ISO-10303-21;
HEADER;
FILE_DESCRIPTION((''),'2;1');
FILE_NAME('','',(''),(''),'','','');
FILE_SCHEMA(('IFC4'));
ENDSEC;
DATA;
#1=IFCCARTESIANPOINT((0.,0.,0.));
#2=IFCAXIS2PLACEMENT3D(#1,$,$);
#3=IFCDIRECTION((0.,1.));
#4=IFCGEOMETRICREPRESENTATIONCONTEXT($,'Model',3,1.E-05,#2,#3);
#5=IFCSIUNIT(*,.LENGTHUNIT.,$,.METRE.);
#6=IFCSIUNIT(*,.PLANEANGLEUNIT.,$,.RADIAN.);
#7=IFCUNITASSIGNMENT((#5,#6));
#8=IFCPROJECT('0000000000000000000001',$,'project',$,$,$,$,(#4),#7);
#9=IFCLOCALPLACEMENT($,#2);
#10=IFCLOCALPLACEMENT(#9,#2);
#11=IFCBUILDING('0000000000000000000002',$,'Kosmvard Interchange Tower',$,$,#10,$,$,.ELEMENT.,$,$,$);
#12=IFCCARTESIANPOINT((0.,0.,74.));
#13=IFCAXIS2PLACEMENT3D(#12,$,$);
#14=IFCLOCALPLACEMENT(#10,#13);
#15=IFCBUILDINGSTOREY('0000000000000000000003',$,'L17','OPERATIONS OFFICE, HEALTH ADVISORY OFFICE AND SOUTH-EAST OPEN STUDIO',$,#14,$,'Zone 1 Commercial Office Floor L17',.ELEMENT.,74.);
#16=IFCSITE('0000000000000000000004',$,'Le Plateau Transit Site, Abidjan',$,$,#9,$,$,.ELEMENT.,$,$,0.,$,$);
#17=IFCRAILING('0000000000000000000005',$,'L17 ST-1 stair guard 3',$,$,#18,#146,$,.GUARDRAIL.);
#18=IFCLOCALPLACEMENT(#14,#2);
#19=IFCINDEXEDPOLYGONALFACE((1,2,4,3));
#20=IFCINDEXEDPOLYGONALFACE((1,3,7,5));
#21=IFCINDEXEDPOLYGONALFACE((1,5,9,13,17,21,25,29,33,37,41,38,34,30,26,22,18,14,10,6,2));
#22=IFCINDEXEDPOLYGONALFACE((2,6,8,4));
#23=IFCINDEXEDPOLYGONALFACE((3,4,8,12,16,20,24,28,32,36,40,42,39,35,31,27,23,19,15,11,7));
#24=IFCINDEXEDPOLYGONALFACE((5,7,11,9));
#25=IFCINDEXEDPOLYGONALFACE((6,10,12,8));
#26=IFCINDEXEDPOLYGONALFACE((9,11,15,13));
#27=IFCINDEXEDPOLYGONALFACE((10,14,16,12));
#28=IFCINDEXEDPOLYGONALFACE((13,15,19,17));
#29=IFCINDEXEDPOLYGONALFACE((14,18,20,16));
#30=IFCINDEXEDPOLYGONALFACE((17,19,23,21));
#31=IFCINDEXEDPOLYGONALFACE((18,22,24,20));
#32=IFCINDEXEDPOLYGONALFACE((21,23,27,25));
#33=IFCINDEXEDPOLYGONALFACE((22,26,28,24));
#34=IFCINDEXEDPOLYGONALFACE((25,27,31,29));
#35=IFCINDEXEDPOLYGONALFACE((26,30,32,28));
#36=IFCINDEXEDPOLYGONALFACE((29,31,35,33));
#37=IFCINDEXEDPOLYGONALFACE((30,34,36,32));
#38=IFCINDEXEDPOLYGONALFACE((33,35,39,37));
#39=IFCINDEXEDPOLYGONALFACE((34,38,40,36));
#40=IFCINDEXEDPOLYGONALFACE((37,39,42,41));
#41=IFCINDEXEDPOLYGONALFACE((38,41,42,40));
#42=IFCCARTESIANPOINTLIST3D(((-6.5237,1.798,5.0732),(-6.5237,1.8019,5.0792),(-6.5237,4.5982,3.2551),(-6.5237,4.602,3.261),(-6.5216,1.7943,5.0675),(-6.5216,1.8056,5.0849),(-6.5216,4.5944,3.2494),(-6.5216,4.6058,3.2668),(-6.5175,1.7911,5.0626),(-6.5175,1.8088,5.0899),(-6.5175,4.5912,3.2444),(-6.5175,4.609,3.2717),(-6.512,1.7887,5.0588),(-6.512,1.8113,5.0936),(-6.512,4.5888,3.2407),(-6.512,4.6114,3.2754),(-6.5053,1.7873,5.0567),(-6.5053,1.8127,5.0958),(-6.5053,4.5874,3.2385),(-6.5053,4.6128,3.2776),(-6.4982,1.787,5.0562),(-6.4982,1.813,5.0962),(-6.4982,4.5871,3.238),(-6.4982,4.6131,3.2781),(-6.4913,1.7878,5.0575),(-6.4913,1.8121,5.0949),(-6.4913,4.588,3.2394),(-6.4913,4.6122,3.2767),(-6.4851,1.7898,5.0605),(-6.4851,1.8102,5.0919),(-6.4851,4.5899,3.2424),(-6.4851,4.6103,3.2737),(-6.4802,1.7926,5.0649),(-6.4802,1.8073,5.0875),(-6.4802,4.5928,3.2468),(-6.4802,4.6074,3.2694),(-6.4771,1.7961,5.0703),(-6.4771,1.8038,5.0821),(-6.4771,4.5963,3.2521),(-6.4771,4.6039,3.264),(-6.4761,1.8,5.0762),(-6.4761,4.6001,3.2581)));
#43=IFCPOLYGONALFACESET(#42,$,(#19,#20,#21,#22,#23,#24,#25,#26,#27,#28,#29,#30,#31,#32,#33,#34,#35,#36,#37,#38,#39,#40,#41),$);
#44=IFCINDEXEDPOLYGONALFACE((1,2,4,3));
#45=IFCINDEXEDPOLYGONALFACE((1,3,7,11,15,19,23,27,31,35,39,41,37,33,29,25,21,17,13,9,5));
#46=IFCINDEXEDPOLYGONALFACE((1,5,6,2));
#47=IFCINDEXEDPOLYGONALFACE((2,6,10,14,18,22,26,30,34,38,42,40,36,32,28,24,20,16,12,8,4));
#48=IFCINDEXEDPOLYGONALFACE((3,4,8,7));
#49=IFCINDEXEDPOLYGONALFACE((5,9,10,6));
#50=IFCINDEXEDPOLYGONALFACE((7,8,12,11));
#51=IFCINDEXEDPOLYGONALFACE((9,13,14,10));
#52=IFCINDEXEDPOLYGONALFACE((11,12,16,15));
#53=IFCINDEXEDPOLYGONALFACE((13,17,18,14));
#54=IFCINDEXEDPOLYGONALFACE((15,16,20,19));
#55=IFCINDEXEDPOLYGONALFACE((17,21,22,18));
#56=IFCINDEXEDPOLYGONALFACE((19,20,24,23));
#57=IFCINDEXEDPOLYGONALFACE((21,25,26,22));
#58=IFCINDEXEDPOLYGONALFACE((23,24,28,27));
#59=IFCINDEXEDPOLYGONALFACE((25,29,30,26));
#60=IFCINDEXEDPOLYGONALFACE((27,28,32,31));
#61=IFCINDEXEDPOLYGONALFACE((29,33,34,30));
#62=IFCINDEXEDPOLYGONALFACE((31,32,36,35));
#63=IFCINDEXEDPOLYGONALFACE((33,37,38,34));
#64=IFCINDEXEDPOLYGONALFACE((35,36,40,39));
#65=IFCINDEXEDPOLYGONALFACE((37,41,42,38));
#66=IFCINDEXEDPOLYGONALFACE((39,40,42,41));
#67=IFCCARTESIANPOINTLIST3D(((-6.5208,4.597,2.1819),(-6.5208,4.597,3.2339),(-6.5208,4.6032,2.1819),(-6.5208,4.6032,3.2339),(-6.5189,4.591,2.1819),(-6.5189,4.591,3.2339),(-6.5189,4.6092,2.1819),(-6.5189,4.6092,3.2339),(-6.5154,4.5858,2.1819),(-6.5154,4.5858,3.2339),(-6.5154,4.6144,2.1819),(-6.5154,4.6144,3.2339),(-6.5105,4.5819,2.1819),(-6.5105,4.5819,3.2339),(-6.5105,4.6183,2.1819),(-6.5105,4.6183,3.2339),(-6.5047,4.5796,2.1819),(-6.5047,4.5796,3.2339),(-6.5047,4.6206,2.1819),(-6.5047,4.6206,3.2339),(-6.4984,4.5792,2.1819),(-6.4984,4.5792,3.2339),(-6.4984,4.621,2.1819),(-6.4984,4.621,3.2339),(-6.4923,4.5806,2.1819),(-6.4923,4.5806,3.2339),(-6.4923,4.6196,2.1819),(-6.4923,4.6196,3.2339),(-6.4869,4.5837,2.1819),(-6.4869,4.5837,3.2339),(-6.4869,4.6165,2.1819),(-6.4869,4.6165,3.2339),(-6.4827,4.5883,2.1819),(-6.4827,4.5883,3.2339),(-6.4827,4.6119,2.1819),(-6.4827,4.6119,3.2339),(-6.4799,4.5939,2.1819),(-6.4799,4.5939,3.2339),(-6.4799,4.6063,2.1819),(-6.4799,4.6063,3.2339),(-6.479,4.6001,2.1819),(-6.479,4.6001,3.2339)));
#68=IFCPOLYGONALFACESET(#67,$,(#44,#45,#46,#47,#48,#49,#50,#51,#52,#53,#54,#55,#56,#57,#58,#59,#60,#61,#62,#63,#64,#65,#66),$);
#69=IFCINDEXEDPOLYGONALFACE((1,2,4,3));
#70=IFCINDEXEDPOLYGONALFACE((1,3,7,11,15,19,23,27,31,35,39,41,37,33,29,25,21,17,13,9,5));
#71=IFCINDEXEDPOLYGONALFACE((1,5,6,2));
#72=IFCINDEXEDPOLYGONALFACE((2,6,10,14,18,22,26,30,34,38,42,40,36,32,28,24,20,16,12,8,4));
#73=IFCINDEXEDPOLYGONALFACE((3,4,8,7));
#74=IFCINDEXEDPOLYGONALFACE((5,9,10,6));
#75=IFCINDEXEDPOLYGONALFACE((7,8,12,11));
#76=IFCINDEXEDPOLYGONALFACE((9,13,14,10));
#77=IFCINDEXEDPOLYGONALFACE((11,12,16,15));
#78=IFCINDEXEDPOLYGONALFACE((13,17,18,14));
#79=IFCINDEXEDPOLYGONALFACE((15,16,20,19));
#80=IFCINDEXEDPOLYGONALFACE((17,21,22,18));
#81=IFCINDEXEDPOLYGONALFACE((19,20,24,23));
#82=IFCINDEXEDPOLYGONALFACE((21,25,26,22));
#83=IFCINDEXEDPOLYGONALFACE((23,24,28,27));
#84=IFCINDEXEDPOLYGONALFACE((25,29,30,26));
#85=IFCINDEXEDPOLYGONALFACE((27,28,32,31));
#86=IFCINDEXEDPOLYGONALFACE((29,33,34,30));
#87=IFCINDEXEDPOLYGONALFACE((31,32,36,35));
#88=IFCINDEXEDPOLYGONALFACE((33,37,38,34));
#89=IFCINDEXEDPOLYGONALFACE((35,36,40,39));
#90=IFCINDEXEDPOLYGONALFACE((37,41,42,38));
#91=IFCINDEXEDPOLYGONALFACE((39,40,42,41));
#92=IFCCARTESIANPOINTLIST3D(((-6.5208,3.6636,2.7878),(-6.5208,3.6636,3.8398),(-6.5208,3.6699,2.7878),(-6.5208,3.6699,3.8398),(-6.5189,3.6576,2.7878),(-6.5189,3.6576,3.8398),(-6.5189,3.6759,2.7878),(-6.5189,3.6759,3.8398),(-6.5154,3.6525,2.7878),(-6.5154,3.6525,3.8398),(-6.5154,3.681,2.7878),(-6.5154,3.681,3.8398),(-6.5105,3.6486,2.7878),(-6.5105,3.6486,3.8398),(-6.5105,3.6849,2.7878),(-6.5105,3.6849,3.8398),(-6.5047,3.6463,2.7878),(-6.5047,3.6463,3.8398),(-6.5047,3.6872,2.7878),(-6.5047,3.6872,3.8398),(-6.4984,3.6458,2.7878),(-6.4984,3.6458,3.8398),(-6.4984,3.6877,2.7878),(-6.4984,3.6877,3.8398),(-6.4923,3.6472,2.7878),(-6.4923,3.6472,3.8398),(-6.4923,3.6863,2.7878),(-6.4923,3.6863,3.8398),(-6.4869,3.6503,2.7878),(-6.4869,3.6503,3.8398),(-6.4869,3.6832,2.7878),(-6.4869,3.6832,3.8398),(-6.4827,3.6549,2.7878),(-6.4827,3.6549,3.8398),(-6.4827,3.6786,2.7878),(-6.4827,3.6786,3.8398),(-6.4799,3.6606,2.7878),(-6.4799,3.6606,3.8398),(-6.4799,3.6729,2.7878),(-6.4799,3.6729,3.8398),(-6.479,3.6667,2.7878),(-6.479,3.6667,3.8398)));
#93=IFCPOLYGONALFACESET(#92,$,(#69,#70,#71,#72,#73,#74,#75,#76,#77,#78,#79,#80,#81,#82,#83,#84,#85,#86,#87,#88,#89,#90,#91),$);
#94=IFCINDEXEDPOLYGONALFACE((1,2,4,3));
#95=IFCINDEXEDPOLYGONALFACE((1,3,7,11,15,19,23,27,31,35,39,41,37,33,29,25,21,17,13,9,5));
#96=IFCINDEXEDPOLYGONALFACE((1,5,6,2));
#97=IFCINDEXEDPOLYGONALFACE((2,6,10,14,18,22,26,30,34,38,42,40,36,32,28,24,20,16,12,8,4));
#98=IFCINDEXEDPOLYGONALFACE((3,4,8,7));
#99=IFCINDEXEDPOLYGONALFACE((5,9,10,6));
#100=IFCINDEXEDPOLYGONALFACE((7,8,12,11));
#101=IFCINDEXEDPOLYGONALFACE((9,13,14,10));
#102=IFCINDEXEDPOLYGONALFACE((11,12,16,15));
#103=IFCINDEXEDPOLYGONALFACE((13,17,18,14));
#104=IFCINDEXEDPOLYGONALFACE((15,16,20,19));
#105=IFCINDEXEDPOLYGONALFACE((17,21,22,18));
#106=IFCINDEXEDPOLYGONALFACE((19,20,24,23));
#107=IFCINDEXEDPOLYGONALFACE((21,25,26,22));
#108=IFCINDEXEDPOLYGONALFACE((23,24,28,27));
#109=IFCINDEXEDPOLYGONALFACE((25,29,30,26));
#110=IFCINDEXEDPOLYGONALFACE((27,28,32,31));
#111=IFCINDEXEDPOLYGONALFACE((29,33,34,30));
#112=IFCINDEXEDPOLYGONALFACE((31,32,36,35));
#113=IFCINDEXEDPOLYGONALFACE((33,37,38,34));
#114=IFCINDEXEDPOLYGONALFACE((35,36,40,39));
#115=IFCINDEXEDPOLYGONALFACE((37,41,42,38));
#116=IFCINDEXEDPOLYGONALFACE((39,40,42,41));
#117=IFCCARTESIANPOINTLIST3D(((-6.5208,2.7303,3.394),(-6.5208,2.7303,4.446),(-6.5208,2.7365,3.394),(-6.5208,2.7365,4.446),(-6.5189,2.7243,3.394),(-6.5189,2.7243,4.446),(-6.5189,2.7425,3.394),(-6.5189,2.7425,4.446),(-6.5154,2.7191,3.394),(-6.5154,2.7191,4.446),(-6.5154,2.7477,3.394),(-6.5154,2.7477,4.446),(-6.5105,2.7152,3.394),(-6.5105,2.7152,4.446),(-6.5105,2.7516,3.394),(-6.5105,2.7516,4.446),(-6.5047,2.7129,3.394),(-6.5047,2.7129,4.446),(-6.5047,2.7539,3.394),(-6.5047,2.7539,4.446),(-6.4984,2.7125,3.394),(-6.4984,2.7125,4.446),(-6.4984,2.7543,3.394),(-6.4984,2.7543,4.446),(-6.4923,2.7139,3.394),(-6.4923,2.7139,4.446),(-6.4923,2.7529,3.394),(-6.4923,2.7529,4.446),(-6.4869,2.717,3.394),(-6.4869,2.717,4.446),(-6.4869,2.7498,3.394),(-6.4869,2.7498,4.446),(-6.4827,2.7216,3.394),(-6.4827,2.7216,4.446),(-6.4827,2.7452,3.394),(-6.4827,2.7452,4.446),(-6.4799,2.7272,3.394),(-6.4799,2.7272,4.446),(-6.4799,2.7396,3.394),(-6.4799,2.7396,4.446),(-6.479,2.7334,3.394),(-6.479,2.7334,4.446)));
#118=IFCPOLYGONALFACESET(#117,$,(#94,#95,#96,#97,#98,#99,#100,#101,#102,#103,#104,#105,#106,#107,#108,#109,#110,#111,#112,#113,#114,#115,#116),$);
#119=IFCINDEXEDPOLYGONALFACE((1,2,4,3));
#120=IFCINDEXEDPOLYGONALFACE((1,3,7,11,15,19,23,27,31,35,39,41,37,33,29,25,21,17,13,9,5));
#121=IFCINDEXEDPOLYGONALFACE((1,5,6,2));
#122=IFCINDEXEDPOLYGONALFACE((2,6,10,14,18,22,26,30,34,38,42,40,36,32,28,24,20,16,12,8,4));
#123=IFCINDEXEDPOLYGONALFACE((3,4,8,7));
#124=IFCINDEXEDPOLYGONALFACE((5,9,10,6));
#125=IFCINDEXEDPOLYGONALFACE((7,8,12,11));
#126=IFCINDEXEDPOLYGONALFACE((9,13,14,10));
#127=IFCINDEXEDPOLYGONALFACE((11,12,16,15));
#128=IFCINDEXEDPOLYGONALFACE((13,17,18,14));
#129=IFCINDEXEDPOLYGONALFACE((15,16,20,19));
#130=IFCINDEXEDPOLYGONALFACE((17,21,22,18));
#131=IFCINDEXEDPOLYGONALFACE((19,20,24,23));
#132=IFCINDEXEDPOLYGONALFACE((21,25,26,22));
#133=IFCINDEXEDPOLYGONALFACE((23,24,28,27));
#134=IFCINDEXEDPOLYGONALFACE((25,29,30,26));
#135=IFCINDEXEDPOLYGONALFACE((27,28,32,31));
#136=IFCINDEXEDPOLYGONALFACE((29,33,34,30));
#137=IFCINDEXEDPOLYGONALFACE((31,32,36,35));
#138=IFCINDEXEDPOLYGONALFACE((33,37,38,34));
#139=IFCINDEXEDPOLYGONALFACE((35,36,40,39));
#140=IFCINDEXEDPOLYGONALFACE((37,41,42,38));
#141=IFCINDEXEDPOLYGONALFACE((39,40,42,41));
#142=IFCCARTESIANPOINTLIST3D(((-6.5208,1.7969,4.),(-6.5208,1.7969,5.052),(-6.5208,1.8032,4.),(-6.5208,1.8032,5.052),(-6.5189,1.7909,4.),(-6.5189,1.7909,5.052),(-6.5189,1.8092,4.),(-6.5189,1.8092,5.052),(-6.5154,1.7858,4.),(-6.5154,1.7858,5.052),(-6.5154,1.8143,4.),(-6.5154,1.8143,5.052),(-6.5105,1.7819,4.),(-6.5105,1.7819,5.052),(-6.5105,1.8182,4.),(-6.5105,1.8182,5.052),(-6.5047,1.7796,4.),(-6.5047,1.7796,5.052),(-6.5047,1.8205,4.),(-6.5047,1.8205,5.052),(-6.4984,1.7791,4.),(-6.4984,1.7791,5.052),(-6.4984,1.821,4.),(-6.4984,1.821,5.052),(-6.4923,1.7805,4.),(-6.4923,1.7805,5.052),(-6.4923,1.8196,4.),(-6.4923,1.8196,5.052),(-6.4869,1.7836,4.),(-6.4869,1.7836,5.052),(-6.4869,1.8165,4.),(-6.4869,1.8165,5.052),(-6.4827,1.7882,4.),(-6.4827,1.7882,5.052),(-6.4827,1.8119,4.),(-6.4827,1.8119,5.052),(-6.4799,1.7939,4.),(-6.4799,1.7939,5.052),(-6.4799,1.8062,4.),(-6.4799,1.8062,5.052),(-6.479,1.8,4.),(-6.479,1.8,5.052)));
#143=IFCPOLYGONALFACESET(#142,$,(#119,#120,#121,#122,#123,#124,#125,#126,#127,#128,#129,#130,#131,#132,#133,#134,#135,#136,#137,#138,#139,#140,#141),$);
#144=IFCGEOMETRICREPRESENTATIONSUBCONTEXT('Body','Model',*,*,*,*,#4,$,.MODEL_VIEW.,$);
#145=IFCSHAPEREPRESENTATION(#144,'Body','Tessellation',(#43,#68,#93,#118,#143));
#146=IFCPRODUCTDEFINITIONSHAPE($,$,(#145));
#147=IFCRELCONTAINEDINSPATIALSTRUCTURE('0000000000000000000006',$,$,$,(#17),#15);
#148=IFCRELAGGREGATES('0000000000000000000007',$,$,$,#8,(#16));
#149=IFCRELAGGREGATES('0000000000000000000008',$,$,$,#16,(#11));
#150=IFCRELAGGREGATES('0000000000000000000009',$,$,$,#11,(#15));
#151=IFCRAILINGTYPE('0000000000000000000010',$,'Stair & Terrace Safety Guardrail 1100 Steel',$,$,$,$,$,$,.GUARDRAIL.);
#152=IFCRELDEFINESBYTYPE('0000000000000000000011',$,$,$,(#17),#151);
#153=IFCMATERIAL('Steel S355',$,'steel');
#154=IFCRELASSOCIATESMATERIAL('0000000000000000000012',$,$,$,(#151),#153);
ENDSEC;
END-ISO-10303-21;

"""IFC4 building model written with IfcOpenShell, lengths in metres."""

from ifc_helpers import new_model, si_unit, direction, frame, origin, origin_2d, place, context, subcontext, project, spatial, circle, extrude, source, transform, mapped, material, type_object, element, save


model = new_model("IFC4")

# Units and contexts
model_context = context("Model", 3, precision=1e-05, world=origin(), true_north=direction((0.0, 1.0)))
body_context = subcontext(model_context, "Body", "Model", "MODEL_VIEW")
ifc_project = project(units=[si_unit("LENGTHUNIT", "METRE"), si_unit("PLANEANGLEUNIT", "RADIAN")], contexts=[model_context])

# Site, building, storey
site_placement = place(None, origin())
site = spatial("IfcSite", under=ifc_project, at=site_placement, Name="Le Plateau Transit Site, Abidjan", CompositionType="ELEMENT", RefElevation=0.0)
building_placement = place(site_placement, origin())
building = spatial("IfcBuilding", under=site, at=building_placement, Name="Kosmvard Interchange Tower", CompositionType="ELEMENT")
storey_placement = place(building_placement, frame((0.0, 0.0, 74.0)))
storey = spatial("IfcBuildingStorey", under=building, at=storey_placement, Name="L17", Description="OPERATIONS OFFICE, HEALTH ADVISORY OFFICE AND SOUTH-EAST OPEN STUDIO", LongName="Zone 1 Commercial Office Floor L17", CompositionType="ELEMENT", Elevation=74.0)

# Shared definitions
ifc_material_1 = material(Name="Steel S355", Category="steel")

# Railing
railing_type_1 = type_object("IfcRailingType", Name="Stair & Terrace Safety Guardrail 1100 Steel", PredefinedType="GUARDRAIL", material=ifc_material_1)
shared_shape_1 = source(origin(), body_context, "Body", "SweptSolid", [
    extrude(circle(Radius=0.0239, at=origin_2d()), frame((0.0, 0.0, 1.0762), z_axis=(0.0, -0.838706, 0.544585), x_axis=(1.0, 0.0, 0.0)), (0.0, 0.0, 1.0), 3.3386),
    extrude(circle(Radius=0.021, at=origin_2d()), origin(), (0.0, 0.0, 1.0), 1.052),
    extrude(circle(Radius=0.021, at=origin_2d()), frame((0.0, -0.9333, 0.606)), (0.0, 0.0, 1.0), 1.052),
    extrude(circle(Radius=0.021, at=origin_2d()), frame((0.0, -1.8667, 1.2122)), (0.0, 0.0, 1.0), 1.052),
    extrude(circle(Radius=0.021, at=origin_2d()), frame((0.0, -2.8, 1.8181)), (0.0, 0.0, 1.0), 1.052),
])
railing_1_placement = place(storey_placement, frame((-6.5, 4.6001, 2.1819)))
element("IfcRailing", 1, at=railing_1_placement, inside=storey, type_object=railing_type_1, Name="L17 ST-1 stair guard 3", PredefinedType="GUARDRAIL", context=body_context, shape_type="MappedRepresentation", body=[
    mapped(shared_shape_1, transform((0.0, 0.0, 0.0), scale=1.0)),
])

save(model, "model.ifc")
